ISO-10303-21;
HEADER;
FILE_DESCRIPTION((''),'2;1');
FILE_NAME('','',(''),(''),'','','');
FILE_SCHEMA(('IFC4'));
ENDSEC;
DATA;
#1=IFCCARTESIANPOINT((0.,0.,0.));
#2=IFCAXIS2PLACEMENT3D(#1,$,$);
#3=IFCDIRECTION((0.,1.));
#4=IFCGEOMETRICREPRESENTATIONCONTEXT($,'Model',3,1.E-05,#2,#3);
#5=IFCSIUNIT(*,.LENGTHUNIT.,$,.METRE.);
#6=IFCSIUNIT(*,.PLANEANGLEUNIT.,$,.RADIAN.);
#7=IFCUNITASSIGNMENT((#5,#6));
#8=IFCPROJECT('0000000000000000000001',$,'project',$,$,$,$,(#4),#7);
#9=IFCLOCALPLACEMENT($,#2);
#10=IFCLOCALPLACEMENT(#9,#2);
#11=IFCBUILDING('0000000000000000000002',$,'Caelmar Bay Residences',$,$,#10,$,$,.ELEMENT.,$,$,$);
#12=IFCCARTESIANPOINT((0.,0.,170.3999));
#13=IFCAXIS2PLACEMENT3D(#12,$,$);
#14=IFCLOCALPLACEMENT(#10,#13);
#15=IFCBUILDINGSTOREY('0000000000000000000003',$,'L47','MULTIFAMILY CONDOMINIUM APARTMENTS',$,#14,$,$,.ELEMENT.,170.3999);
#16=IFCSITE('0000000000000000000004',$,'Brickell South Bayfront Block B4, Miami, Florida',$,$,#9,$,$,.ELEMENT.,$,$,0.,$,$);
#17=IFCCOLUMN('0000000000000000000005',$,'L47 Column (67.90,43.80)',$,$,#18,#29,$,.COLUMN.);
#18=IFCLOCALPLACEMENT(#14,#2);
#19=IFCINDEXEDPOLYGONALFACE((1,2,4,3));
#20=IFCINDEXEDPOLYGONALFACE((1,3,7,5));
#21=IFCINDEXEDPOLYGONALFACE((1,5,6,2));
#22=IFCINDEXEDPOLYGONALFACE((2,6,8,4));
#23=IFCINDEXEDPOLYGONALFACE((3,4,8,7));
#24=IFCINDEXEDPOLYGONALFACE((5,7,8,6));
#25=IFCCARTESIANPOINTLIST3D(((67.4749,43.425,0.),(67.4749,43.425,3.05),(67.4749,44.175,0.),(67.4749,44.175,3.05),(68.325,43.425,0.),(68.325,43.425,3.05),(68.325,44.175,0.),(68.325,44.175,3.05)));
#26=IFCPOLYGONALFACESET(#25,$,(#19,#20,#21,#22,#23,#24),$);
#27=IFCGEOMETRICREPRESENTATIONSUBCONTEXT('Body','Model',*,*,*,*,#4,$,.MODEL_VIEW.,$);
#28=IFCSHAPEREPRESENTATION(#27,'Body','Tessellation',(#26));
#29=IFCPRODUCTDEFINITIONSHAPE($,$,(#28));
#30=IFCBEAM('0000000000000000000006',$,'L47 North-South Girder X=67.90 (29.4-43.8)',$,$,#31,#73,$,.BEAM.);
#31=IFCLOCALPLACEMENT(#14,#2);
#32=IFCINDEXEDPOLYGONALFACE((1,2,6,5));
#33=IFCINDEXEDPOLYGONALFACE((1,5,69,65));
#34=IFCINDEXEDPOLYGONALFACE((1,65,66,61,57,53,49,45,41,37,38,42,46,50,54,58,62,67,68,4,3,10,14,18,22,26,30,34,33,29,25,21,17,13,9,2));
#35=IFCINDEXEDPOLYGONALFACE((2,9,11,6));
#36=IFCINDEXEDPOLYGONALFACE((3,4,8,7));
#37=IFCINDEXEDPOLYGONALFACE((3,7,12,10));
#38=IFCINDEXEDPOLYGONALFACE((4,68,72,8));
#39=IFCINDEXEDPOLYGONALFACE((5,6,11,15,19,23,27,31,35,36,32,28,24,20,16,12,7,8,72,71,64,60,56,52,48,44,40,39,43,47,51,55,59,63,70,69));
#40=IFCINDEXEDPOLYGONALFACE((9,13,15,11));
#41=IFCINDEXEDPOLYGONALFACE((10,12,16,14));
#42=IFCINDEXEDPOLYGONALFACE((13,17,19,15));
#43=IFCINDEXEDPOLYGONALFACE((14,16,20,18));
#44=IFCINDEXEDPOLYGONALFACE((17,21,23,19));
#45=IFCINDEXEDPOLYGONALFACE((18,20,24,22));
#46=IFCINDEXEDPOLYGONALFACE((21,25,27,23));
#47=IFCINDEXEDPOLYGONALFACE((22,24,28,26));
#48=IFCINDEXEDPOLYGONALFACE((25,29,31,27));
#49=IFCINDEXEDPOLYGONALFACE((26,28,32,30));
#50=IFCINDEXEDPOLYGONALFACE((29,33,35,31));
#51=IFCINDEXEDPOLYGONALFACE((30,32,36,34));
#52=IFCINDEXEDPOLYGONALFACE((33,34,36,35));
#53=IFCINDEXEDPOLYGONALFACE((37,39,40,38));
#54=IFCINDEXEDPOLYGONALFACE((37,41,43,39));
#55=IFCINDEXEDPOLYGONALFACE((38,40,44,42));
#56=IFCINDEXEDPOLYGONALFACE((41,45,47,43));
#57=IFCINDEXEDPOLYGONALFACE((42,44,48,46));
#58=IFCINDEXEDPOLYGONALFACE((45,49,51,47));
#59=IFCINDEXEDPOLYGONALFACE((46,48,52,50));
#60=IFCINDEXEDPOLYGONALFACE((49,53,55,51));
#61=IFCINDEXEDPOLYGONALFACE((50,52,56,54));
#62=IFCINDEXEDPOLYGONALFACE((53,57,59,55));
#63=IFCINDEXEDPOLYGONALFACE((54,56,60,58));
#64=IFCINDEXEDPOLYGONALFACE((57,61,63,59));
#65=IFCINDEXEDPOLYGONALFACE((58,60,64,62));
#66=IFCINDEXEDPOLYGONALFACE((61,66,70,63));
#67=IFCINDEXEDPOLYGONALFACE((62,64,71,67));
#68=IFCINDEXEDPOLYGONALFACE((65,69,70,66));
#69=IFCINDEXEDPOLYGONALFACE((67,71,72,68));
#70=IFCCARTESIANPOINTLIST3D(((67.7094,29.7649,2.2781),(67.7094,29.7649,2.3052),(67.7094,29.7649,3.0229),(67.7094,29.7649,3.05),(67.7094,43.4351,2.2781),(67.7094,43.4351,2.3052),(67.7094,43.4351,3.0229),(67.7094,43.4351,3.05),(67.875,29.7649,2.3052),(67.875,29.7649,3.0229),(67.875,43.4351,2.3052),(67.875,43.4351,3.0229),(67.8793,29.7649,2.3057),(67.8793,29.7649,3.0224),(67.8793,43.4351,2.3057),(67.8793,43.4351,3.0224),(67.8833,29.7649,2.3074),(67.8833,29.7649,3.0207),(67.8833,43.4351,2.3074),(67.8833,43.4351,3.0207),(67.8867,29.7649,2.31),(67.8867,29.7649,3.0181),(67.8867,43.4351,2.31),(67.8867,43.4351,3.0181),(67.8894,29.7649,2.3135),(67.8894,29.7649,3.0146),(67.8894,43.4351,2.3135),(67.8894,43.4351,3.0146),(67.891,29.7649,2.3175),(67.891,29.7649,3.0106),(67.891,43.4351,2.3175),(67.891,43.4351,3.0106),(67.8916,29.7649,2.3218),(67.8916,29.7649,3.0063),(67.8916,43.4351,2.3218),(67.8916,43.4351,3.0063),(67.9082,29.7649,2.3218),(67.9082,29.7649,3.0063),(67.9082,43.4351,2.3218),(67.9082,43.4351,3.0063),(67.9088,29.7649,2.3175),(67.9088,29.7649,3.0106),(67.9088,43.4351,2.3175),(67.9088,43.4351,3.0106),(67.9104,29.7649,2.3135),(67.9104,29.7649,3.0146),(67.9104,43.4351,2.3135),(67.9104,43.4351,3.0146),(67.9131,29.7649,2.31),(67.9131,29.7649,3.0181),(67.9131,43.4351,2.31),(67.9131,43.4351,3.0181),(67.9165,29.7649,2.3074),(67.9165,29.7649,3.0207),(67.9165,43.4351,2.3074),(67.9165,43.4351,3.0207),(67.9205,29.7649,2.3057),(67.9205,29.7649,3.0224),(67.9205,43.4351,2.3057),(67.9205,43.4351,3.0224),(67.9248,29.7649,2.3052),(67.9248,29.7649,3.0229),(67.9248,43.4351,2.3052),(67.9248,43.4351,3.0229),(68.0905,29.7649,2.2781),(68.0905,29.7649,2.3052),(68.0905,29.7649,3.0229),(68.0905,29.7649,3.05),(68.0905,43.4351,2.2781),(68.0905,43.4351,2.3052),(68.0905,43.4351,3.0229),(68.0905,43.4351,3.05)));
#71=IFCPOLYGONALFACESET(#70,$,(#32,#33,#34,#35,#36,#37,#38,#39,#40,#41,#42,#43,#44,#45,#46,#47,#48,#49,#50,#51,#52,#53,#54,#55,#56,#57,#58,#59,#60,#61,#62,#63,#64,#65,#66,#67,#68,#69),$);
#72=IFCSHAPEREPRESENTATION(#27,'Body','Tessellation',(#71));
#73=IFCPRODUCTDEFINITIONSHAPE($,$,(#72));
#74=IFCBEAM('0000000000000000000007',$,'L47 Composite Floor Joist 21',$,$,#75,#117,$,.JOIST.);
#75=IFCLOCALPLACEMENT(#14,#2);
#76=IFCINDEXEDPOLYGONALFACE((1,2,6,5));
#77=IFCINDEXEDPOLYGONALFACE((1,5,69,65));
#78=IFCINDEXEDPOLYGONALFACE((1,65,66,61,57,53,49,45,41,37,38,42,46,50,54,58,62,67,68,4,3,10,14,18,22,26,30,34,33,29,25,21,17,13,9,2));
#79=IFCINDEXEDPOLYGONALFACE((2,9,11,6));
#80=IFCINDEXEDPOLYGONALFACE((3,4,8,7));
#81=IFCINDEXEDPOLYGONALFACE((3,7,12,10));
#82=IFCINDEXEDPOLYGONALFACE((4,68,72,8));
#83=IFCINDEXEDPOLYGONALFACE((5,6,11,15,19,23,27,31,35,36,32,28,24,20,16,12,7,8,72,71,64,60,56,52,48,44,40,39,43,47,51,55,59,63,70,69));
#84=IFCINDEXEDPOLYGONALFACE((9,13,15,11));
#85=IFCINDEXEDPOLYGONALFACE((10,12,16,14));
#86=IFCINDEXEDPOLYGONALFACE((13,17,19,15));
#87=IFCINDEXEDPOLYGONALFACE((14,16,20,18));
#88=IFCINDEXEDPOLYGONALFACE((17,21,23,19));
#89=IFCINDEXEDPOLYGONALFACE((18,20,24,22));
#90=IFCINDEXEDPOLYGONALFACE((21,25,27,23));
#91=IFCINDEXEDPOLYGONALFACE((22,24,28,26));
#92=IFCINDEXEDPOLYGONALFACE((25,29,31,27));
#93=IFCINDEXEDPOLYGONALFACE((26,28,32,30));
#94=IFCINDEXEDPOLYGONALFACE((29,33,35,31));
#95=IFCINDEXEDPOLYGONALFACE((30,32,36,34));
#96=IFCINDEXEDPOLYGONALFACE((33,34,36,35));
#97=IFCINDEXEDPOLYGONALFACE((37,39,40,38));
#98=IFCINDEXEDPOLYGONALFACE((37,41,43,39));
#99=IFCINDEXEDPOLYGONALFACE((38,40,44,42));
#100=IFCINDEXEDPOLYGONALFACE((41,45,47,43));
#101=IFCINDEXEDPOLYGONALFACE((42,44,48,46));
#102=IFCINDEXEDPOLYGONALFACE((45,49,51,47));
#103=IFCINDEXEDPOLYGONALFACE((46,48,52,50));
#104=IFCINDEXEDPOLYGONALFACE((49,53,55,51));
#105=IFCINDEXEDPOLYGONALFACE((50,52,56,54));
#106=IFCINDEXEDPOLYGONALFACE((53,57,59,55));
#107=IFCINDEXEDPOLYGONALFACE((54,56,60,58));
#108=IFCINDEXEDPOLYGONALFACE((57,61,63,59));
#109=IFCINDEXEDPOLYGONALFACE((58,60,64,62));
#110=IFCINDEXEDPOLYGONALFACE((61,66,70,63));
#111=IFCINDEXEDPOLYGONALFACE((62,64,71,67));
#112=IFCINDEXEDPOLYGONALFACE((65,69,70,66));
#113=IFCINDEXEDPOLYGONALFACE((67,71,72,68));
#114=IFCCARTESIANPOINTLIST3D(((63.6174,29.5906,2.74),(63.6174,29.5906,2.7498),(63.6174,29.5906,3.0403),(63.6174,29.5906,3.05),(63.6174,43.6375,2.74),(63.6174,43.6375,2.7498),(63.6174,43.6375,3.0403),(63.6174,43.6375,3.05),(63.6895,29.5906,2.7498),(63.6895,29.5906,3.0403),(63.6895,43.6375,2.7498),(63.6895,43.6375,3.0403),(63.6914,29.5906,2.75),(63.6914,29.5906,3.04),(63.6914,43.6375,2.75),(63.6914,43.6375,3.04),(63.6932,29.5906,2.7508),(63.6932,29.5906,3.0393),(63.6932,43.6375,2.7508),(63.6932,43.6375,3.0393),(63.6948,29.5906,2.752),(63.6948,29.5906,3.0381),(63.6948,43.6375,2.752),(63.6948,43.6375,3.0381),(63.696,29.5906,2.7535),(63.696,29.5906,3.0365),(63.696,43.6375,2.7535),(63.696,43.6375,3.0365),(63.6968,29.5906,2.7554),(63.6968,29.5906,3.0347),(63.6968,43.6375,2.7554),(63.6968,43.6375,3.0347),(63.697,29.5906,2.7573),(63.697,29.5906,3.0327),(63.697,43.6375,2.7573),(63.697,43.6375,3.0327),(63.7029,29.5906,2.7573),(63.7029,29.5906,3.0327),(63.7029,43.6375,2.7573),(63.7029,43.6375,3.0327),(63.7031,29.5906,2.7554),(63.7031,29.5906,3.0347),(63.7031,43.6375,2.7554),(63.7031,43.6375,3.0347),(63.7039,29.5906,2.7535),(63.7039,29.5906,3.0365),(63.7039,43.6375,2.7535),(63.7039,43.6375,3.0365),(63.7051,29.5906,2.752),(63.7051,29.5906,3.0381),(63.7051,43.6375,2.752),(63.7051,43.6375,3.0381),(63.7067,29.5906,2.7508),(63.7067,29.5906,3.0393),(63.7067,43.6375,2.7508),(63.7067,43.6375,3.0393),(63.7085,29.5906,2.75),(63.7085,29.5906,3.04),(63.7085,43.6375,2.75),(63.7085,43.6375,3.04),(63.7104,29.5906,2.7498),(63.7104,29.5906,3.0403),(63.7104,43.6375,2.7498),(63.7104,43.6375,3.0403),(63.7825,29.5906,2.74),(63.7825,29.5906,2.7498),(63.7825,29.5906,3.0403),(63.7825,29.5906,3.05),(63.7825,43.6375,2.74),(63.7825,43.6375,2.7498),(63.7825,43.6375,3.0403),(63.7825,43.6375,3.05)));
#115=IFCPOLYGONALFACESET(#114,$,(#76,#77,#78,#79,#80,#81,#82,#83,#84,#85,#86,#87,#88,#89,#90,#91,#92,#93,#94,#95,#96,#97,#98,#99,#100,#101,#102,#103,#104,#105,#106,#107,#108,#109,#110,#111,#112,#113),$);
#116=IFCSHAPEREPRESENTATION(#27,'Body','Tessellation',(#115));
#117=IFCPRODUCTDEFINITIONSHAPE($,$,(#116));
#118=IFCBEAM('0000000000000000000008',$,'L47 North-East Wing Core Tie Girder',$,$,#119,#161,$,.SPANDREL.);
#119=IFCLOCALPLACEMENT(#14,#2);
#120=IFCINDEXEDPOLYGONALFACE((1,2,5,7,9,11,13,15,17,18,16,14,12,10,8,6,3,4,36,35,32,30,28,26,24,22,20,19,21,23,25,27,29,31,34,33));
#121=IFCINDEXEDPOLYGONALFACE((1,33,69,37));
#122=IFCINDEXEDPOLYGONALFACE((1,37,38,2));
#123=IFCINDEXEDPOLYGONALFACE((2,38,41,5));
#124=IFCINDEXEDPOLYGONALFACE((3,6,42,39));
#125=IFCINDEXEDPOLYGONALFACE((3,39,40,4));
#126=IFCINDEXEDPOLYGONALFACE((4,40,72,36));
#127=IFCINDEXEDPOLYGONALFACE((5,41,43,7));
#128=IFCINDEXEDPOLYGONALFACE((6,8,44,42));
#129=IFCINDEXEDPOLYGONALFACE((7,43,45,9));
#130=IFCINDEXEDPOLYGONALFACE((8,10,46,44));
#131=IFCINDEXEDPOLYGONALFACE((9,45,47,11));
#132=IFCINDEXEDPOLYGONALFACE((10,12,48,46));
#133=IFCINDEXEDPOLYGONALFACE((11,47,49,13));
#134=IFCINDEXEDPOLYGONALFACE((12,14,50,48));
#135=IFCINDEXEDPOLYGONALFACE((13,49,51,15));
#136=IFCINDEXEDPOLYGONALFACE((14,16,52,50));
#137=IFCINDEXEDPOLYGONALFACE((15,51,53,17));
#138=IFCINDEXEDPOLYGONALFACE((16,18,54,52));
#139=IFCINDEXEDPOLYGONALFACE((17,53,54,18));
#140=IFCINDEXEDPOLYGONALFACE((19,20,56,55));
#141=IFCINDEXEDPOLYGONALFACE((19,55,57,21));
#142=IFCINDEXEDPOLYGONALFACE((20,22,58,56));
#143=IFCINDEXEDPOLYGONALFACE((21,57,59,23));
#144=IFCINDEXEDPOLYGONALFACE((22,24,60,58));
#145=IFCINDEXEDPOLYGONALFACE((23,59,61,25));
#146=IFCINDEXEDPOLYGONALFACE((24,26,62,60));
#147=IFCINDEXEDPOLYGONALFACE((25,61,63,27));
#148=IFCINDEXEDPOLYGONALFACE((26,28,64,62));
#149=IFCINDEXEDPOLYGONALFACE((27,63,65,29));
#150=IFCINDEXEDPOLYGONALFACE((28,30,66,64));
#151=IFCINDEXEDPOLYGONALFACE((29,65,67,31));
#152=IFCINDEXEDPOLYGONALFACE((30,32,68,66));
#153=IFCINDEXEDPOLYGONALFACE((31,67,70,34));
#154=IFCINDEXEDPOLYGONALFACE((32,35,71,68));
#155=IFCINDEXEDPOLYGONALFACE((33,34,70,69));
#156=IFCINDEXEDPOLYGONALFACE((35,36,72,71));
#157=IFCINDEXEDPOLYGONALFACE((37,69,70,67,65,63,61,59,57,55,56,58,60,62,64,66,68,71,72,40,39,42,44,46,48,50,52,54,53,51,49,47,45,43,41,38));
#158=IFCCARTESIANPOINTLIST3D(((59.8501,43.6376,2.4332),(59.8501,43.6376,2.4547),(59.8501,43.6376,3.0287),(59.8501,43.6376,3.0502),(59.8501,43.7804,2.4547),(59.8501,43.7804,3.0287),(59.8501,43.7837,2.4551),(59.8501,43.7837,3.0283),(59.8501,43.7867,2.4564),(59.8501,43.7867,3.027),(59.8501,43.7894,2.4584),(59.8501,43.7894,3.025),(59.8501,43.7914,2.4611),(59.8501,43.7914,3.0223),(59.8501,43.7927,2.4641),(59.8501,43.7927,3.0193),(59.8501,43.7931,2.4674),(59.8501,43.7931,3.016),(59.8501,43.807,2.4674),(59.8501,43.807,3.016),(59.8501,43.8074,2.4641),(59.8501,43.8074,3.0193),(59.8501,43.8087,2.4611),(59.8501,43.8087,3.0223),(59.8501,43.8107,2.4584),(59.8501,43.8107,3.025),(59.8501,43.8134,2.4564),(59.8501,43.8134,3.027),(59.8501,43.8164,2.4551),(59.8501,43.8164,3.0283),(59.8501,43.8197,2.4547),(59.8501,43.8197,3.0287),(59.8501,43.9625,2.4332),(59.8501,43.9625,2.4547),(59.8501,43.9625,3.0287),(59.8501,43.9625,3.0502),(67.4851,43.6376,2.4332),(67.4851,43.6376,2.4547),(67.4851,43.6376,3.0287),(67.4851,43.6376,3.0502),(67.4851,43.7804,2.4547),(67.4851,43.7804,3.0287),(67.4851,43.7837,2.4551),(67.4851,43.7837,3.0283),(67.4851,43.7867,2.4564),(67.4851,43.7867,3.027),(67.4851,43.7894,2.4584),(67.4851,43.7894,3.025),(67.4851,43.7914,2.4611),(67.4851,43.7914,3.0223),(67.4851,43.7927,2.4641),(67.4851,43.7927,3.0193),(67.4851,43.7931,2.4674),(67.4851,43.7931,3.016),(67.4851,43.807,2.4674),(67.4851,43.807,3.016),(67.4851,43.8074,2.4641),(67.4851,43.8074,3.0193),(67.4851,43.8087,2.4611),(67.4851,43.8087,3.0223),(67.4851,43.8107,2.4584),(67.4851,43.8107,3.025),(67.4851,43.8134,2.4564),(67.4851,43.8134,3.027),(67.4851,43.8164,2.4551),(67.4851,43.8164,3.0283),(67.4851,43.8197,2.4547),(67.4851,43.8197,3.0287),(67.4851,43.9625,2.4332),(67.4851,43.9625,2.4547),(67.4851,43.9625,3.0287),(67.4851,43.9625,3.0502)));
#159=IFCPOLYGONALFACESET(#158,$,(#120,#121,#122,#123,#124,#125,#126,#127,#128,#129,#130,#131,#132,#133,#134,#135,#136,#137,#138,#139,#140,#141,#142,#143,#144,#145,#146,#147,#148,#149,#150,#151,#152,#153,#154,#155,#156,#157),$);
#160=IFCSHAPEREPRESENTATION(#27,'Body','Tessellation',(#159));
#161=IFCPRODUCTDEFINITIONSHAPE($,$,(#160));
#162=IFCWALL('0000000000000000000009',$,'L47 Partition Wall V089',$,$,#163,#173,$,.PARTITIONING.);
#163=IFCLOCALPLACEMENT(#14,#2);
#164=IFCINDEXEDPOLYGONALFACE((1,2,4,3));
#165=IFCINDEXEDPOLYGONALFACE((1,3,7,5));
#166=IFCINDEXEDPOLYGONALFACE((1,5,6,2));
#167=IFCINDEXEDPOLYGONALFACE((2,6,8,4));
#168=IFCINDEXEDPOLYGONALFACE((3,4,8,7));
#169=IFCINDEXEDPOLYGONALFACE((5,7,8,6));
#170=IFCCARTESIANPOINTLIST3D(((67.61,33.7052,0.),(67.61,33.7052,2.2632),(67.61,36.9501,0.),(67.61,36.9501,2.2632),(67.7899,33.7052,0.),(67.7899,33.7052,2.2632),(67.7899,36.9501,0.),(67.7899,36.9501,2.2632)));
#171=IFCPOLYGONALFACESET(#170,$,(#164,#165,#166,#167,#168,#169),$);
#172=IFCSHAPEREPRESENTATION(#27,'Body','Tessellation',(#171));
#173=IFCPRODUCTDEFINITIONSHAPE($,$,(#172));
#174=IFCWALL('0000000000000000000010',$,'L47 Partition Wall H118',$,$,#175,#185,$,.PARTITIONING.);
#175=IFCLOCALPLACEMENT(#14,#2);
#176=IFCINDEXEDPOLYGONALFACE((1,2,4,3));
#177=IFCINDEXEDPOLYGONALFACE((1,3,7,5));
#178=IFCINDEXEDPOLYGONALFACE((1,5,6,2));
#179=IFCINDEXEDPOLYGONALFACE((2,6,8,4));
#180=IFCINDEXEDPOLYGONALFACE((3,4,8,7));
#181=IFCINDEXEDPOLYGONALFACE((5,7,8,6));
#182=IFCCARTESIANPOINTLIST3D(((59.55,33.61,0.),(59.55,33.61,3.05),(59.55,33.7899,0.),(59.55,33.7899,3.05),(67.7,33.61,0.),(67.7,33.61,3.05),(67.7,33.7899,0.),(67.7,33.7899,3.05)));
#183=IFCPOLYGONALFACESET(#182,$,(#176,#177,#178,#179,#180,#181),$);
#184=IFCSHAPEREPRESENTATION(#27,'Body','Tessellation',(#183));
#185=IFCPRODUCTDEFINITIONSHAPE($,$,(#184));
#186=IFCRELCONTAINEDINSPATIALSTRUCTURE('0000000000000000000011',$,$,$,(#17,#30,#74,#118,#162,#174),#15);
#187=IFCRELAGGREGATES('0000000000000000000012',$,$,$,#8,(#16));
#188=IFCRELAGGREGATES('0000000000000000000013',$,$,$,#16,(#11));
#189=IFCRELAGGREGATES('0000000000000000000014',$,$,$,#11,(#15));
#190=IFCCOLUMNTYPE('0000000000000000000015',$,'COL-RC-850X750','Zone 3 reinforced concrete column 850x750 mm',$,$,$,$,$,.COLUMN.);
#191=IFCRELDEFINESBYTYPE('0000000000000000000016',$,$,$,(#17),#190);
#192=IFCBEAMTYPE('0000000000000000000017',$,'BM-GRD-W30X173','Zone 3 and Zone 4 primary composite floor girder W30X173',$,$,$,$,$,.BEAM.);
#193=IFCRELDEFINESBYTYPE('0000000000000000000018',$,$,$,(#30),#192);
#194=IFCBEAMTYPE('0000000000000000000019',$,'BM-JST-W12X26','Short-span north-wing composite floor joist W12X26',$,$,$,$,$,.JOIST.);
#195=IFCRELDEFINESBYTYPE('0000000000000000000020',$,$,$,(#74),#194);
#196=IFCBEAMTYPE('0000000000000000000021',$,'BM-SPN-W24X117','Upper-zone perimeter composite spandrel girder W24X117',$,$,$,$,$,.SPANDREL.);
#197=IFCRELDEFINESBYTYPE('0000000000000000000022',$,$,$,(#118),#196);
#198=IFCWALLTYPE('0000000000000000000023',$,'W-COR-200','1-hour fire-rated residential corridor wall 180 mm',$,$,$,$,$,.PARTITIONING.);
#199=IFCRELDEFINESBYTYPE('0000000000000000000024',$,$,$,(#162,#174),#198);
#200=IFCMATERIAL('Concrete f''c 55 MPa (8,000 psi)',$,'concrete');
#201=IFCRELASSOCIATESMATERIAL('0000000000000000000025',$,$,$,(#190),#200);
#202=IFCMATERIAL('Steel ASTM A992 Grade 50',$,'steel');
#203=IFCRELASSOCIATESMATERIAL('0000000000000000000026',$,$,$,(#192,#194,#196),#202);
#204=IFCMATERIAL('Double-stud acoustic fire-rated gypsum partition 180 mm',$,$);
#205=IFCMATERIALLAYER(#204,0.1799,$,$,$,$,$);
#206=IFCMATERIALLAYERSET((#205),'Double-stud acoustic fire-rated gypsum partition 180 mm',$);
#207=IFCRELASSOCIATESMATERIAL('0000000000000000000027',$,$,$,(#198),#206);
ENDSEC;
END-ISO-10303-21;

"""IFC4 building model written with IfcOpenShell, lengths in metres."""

from ifc_helpers import new_model, si_unit, direction, frame, frame_2d, origin, origin_2d, place, context, subcontext, project, spatial, rectangle, i_section, extrude, material, layer, layer_set, material_profile, profile_set, type_object, element, save


model = new_model("IFC4")

# Units and contexts
model_context = context("Model", 3, precision=1e-05, world=origin(), true_north=direction((0.0, 1.0)))
body_context = subcontext(model_context, "Body", "Model", "MODEL_VIEW")
ifc_project = project(units=[si_unit("LENGTHUNIT", "METRE"), si_unit("PLANEANGLEUNIT", "RADIAN")], contexts=[model_context])

# Site, building, storey
site_placement = place(None, origin())
site = spatial("IfcSite", under=ifc_project, at=site_placement, Name="Brickell South Bayfront Block B4, Miami, Florida", CompositionType="ELEMENT", RefElevation=0.0)
building_placement = place(site_placement, origin())
building = spatial("IfcBuilding", under=site, at=building_placement, Name="Caelmar Bay Residences", CompositionType="ELEMENT")
storey_placement = place(building_placement, frame((0.0, 0.0, 170.3999)))
storey = spatial("IfcBuildingStorey", under=building, at=storey_placement, Name="L47", Description="MULTIFAMILY CONDOMINIUM APARTMENTS", CompositionType="ELEMENT", Elevation=170.3999)

# Column
ifc_material_1 = material(Name="Concrete f'c 55 MPa (8,000 psi)", Category="concrete")
ifc_material_profile_1 = material_profile(ifc_material_1, rectangle(XDim=0.8501, YDim=0.75, at=origin_2d()), Name="RC-COL-850X750")
ifc_profile_set_1 = profile_set([ifc_material_profile_1], Name="Concrete f'c 55 MPa (8,000 psi)")
column_type = type_object("IfcColumnType", Name="COL-RC-850X750", Description="Zone 3 reinforced concrete column 850x750 mm", PredefinedType="COLUMN", material=ifc_profile_set_1)
column_placement = place(storey_placement, frame((67.8999, 43.8, 0.0), z_axis=(0.0, 0.0, 1.0), x_axis=(1.0, 0.0, 0.0)))
element("IfcColumn", 1, at=column_placement, inside=storey, type_object=column_type, Name="L47 Column (67.90,43.80)", PredefinedType="COLUMN", context=body_context, shape_type="SweptSolid", body=[
    extrude(rectangle(XDim=0.8501, YDim=0.75, at=origin_2d()), origin(), (0.0, 0.0, 1.0), 3.05),
])

# Beams
ifc_material_2 = material(Name="Steel ASTM A992 Grade 50", Category="steel")
ifc_material_profile_2 = material_profile(ifc_material_2, i_section(OverallWidth=0.3811, OverallDepth=0.772, WebThickness=0.0166, FlangeThickness=0.0271, FilletRadius=0.0166, at=origin_2d()), Name="W30X173")
ifc_profile_set_2 = profile_set([ifc_material_profile_2], Name="Steel ASTM A992 Grade 50")
beam_type_1 = type_object("IfcBeamType", Name="BM-GRD-W30X173", Description="Zone 3 and Zone 4 primary composite floor girder W30X173", PredefinedType="BEAM", material=ifc_profile_set_2)
beam_1_placement = place(storey_placement, frame((67.8999, 29.7649, 2.6641), z_axis=(0.0, 1.0, 0.0), x_axis=(-1.0, 0.0, 0.0)))
element("IfcBeam", 2, at=beam_1_placement, inside=storey, type_object=beam_type_1, Name="L47 North-South Girder X=67.90 (29.4-43.8)", PredefinedType="BEAM", context=body_context, shape_type="SweptSolid", body=[
    extrude(i_section(OverallWidth=0.3811, OverallDepth=0.772, WebThickness=0.0166, FlangeThickness=0.0271, FilletRadius=0.0166, at=origin_2d()), origin(), (0.0, 0.0, 1.0), 13.6702),
])
ifc_material_profile_3 = material_profile(ifc_material_2, i_section(OverallWidth=0.165, OverallDepth=0.3101, WebThickness=0.0059, FlangeThickness=0.0098, FilletRadius=0.0076, at=origin_2d()), Name="W12X26")
ifc_profile_set_3 = profile_set([ifc_material_profile_3], Name="Steel ASTM A992 Grade 50")
beam_type_2 = type_object("IfcBeamType", Name="BM-JST-W12X26", Description="Short-span north-wing composite floor joist W12X26", PredefinedType="JOIST", material=ifc_profile_set_3)
beam_2_placement = place(storey_placement, frame((63.7, 29.5906, 2.895), z_axis=(0.0, 1.0, 0.0), x_axis=(-1.0, 0.0, 0.0)))
element("IfcBeam", 3, at=beam_2_placement, inside=storey, type_object=beam_type_2, Name="L47 Composite Floor Joist 21", PredefinedType="JOIST", context=body_context, shape_type="SweptSolid", body=[
    extrude(i_section(OverallWidth=0.165, OverallDepth=0.3101, WebThickness=0.0059, FlangeThickness=0.0098, FilletRadius=0.0076, at=origin_2d()), origin(), (0.0, 0.0, 1.0), 14.0469),
])
ifc_material_profile_4 = material_profile(ifc_material_2, i_section(OverallWidth=0.325, OverallDepth=0.6169, WebThickness=0.0139, FlangeThickness=0.0215, FilletRadius=0.0127, at=origin_2d()), Name="W24X117")
ifc_profile_set_4 = profile_set([ifc_material_profile_4], Name="Steel ASTM A992 Grade 50")
beam_type_3 = type_object("IfcBeamType", Name="BM-SPN-W24X117", Description="Upper-zone perimeter composite spandrel girder W24X117", PredefinedType="SPANDREL", material=ifc_profile_set_4)
beam_3_placement = place(storey_placement, frame((59.8501, 43.8, 2.7417), z_axis=(1.0, 0.0, 0.0), x_axis=(0.0, 1.0, 0.0)))
element("IfcBeam", 4, at=beam_3_placement, inside=storey, type_object=beam_type_3, Name="L47 North-East Wing Core Tie Girder", PredefinedType="SPANDREL", context=body_context, shape_type="SweptSolid", body=[
    extrude(i_section(OverallWidth=0.325, OverallDepth=0.6169, WebThickness=0.0139, FlangeThickness=0.0215, FilletRadius=0.0127, at=origin_2d()), origin(), (0.0, 0.0, 1.0), 7.635),
])

# Walls
ifc_material_3 = material(Name="Double-stud acoustic fire-rated gypsum partition 180 mm")
ifc_layer_1 = layer(ifc_material_3, 0.1799)
ifc_layer_set_1 = layer_set([ifc_layer_1], Name="Double-stud acoustic fire-rated gypsum partition 180 mm")
wall_type_1 = type_object("IfcWallType", Name="W-COR-200", Description="1-hour fire-rated residential corridor wall 180 mm", PredefinedType="PARTITIONING", material=ifc_layer_set_1)
wall_1_placement = place(storey_placement, frame((67.7, 33.7051, 0.0), z_axis=(0.0, 0.0, 1.0), x_axis=(0.0, 1.0, 0.0)))
element("IfcWall", 5, at=wall_1_placement, inside=storey, type_object=wall_type_1, Name="L47 Partition Wall V089", PredefinedType="PARTITIONING", context=body_context, shape_type="SweptSolid", body=[
    extrude(rectangle(XDim=3.2449, YDim=0.1799, at=frame_2d((1.6226, 0.0))), origin(), (0.0, 0.0, 1.0), 2.2632),
])
wall_2_placement = place(storey_placement, frame((59.55, 33.7, 0.0), z_axis=(0.0, 0.0, 1.0), x_axis=(1.0, 0.0, 0.0)))
element("IfcWall", 6, at=wall_2_placement, inside=storey, type_object=wall_type_1, Name="L47 Partition Wall H118", PredefinedType="PARTITIONING", context=body_context, shape_type="SweptSolid", body=[
    extrude(rectangle(XDim=8.1499, YDim=0.1799, at=frame_2d((4.075, 0.0))), origin(), (0.0, 0.0, 1.0), 3.05),
])

save(model, "model.ifc")
